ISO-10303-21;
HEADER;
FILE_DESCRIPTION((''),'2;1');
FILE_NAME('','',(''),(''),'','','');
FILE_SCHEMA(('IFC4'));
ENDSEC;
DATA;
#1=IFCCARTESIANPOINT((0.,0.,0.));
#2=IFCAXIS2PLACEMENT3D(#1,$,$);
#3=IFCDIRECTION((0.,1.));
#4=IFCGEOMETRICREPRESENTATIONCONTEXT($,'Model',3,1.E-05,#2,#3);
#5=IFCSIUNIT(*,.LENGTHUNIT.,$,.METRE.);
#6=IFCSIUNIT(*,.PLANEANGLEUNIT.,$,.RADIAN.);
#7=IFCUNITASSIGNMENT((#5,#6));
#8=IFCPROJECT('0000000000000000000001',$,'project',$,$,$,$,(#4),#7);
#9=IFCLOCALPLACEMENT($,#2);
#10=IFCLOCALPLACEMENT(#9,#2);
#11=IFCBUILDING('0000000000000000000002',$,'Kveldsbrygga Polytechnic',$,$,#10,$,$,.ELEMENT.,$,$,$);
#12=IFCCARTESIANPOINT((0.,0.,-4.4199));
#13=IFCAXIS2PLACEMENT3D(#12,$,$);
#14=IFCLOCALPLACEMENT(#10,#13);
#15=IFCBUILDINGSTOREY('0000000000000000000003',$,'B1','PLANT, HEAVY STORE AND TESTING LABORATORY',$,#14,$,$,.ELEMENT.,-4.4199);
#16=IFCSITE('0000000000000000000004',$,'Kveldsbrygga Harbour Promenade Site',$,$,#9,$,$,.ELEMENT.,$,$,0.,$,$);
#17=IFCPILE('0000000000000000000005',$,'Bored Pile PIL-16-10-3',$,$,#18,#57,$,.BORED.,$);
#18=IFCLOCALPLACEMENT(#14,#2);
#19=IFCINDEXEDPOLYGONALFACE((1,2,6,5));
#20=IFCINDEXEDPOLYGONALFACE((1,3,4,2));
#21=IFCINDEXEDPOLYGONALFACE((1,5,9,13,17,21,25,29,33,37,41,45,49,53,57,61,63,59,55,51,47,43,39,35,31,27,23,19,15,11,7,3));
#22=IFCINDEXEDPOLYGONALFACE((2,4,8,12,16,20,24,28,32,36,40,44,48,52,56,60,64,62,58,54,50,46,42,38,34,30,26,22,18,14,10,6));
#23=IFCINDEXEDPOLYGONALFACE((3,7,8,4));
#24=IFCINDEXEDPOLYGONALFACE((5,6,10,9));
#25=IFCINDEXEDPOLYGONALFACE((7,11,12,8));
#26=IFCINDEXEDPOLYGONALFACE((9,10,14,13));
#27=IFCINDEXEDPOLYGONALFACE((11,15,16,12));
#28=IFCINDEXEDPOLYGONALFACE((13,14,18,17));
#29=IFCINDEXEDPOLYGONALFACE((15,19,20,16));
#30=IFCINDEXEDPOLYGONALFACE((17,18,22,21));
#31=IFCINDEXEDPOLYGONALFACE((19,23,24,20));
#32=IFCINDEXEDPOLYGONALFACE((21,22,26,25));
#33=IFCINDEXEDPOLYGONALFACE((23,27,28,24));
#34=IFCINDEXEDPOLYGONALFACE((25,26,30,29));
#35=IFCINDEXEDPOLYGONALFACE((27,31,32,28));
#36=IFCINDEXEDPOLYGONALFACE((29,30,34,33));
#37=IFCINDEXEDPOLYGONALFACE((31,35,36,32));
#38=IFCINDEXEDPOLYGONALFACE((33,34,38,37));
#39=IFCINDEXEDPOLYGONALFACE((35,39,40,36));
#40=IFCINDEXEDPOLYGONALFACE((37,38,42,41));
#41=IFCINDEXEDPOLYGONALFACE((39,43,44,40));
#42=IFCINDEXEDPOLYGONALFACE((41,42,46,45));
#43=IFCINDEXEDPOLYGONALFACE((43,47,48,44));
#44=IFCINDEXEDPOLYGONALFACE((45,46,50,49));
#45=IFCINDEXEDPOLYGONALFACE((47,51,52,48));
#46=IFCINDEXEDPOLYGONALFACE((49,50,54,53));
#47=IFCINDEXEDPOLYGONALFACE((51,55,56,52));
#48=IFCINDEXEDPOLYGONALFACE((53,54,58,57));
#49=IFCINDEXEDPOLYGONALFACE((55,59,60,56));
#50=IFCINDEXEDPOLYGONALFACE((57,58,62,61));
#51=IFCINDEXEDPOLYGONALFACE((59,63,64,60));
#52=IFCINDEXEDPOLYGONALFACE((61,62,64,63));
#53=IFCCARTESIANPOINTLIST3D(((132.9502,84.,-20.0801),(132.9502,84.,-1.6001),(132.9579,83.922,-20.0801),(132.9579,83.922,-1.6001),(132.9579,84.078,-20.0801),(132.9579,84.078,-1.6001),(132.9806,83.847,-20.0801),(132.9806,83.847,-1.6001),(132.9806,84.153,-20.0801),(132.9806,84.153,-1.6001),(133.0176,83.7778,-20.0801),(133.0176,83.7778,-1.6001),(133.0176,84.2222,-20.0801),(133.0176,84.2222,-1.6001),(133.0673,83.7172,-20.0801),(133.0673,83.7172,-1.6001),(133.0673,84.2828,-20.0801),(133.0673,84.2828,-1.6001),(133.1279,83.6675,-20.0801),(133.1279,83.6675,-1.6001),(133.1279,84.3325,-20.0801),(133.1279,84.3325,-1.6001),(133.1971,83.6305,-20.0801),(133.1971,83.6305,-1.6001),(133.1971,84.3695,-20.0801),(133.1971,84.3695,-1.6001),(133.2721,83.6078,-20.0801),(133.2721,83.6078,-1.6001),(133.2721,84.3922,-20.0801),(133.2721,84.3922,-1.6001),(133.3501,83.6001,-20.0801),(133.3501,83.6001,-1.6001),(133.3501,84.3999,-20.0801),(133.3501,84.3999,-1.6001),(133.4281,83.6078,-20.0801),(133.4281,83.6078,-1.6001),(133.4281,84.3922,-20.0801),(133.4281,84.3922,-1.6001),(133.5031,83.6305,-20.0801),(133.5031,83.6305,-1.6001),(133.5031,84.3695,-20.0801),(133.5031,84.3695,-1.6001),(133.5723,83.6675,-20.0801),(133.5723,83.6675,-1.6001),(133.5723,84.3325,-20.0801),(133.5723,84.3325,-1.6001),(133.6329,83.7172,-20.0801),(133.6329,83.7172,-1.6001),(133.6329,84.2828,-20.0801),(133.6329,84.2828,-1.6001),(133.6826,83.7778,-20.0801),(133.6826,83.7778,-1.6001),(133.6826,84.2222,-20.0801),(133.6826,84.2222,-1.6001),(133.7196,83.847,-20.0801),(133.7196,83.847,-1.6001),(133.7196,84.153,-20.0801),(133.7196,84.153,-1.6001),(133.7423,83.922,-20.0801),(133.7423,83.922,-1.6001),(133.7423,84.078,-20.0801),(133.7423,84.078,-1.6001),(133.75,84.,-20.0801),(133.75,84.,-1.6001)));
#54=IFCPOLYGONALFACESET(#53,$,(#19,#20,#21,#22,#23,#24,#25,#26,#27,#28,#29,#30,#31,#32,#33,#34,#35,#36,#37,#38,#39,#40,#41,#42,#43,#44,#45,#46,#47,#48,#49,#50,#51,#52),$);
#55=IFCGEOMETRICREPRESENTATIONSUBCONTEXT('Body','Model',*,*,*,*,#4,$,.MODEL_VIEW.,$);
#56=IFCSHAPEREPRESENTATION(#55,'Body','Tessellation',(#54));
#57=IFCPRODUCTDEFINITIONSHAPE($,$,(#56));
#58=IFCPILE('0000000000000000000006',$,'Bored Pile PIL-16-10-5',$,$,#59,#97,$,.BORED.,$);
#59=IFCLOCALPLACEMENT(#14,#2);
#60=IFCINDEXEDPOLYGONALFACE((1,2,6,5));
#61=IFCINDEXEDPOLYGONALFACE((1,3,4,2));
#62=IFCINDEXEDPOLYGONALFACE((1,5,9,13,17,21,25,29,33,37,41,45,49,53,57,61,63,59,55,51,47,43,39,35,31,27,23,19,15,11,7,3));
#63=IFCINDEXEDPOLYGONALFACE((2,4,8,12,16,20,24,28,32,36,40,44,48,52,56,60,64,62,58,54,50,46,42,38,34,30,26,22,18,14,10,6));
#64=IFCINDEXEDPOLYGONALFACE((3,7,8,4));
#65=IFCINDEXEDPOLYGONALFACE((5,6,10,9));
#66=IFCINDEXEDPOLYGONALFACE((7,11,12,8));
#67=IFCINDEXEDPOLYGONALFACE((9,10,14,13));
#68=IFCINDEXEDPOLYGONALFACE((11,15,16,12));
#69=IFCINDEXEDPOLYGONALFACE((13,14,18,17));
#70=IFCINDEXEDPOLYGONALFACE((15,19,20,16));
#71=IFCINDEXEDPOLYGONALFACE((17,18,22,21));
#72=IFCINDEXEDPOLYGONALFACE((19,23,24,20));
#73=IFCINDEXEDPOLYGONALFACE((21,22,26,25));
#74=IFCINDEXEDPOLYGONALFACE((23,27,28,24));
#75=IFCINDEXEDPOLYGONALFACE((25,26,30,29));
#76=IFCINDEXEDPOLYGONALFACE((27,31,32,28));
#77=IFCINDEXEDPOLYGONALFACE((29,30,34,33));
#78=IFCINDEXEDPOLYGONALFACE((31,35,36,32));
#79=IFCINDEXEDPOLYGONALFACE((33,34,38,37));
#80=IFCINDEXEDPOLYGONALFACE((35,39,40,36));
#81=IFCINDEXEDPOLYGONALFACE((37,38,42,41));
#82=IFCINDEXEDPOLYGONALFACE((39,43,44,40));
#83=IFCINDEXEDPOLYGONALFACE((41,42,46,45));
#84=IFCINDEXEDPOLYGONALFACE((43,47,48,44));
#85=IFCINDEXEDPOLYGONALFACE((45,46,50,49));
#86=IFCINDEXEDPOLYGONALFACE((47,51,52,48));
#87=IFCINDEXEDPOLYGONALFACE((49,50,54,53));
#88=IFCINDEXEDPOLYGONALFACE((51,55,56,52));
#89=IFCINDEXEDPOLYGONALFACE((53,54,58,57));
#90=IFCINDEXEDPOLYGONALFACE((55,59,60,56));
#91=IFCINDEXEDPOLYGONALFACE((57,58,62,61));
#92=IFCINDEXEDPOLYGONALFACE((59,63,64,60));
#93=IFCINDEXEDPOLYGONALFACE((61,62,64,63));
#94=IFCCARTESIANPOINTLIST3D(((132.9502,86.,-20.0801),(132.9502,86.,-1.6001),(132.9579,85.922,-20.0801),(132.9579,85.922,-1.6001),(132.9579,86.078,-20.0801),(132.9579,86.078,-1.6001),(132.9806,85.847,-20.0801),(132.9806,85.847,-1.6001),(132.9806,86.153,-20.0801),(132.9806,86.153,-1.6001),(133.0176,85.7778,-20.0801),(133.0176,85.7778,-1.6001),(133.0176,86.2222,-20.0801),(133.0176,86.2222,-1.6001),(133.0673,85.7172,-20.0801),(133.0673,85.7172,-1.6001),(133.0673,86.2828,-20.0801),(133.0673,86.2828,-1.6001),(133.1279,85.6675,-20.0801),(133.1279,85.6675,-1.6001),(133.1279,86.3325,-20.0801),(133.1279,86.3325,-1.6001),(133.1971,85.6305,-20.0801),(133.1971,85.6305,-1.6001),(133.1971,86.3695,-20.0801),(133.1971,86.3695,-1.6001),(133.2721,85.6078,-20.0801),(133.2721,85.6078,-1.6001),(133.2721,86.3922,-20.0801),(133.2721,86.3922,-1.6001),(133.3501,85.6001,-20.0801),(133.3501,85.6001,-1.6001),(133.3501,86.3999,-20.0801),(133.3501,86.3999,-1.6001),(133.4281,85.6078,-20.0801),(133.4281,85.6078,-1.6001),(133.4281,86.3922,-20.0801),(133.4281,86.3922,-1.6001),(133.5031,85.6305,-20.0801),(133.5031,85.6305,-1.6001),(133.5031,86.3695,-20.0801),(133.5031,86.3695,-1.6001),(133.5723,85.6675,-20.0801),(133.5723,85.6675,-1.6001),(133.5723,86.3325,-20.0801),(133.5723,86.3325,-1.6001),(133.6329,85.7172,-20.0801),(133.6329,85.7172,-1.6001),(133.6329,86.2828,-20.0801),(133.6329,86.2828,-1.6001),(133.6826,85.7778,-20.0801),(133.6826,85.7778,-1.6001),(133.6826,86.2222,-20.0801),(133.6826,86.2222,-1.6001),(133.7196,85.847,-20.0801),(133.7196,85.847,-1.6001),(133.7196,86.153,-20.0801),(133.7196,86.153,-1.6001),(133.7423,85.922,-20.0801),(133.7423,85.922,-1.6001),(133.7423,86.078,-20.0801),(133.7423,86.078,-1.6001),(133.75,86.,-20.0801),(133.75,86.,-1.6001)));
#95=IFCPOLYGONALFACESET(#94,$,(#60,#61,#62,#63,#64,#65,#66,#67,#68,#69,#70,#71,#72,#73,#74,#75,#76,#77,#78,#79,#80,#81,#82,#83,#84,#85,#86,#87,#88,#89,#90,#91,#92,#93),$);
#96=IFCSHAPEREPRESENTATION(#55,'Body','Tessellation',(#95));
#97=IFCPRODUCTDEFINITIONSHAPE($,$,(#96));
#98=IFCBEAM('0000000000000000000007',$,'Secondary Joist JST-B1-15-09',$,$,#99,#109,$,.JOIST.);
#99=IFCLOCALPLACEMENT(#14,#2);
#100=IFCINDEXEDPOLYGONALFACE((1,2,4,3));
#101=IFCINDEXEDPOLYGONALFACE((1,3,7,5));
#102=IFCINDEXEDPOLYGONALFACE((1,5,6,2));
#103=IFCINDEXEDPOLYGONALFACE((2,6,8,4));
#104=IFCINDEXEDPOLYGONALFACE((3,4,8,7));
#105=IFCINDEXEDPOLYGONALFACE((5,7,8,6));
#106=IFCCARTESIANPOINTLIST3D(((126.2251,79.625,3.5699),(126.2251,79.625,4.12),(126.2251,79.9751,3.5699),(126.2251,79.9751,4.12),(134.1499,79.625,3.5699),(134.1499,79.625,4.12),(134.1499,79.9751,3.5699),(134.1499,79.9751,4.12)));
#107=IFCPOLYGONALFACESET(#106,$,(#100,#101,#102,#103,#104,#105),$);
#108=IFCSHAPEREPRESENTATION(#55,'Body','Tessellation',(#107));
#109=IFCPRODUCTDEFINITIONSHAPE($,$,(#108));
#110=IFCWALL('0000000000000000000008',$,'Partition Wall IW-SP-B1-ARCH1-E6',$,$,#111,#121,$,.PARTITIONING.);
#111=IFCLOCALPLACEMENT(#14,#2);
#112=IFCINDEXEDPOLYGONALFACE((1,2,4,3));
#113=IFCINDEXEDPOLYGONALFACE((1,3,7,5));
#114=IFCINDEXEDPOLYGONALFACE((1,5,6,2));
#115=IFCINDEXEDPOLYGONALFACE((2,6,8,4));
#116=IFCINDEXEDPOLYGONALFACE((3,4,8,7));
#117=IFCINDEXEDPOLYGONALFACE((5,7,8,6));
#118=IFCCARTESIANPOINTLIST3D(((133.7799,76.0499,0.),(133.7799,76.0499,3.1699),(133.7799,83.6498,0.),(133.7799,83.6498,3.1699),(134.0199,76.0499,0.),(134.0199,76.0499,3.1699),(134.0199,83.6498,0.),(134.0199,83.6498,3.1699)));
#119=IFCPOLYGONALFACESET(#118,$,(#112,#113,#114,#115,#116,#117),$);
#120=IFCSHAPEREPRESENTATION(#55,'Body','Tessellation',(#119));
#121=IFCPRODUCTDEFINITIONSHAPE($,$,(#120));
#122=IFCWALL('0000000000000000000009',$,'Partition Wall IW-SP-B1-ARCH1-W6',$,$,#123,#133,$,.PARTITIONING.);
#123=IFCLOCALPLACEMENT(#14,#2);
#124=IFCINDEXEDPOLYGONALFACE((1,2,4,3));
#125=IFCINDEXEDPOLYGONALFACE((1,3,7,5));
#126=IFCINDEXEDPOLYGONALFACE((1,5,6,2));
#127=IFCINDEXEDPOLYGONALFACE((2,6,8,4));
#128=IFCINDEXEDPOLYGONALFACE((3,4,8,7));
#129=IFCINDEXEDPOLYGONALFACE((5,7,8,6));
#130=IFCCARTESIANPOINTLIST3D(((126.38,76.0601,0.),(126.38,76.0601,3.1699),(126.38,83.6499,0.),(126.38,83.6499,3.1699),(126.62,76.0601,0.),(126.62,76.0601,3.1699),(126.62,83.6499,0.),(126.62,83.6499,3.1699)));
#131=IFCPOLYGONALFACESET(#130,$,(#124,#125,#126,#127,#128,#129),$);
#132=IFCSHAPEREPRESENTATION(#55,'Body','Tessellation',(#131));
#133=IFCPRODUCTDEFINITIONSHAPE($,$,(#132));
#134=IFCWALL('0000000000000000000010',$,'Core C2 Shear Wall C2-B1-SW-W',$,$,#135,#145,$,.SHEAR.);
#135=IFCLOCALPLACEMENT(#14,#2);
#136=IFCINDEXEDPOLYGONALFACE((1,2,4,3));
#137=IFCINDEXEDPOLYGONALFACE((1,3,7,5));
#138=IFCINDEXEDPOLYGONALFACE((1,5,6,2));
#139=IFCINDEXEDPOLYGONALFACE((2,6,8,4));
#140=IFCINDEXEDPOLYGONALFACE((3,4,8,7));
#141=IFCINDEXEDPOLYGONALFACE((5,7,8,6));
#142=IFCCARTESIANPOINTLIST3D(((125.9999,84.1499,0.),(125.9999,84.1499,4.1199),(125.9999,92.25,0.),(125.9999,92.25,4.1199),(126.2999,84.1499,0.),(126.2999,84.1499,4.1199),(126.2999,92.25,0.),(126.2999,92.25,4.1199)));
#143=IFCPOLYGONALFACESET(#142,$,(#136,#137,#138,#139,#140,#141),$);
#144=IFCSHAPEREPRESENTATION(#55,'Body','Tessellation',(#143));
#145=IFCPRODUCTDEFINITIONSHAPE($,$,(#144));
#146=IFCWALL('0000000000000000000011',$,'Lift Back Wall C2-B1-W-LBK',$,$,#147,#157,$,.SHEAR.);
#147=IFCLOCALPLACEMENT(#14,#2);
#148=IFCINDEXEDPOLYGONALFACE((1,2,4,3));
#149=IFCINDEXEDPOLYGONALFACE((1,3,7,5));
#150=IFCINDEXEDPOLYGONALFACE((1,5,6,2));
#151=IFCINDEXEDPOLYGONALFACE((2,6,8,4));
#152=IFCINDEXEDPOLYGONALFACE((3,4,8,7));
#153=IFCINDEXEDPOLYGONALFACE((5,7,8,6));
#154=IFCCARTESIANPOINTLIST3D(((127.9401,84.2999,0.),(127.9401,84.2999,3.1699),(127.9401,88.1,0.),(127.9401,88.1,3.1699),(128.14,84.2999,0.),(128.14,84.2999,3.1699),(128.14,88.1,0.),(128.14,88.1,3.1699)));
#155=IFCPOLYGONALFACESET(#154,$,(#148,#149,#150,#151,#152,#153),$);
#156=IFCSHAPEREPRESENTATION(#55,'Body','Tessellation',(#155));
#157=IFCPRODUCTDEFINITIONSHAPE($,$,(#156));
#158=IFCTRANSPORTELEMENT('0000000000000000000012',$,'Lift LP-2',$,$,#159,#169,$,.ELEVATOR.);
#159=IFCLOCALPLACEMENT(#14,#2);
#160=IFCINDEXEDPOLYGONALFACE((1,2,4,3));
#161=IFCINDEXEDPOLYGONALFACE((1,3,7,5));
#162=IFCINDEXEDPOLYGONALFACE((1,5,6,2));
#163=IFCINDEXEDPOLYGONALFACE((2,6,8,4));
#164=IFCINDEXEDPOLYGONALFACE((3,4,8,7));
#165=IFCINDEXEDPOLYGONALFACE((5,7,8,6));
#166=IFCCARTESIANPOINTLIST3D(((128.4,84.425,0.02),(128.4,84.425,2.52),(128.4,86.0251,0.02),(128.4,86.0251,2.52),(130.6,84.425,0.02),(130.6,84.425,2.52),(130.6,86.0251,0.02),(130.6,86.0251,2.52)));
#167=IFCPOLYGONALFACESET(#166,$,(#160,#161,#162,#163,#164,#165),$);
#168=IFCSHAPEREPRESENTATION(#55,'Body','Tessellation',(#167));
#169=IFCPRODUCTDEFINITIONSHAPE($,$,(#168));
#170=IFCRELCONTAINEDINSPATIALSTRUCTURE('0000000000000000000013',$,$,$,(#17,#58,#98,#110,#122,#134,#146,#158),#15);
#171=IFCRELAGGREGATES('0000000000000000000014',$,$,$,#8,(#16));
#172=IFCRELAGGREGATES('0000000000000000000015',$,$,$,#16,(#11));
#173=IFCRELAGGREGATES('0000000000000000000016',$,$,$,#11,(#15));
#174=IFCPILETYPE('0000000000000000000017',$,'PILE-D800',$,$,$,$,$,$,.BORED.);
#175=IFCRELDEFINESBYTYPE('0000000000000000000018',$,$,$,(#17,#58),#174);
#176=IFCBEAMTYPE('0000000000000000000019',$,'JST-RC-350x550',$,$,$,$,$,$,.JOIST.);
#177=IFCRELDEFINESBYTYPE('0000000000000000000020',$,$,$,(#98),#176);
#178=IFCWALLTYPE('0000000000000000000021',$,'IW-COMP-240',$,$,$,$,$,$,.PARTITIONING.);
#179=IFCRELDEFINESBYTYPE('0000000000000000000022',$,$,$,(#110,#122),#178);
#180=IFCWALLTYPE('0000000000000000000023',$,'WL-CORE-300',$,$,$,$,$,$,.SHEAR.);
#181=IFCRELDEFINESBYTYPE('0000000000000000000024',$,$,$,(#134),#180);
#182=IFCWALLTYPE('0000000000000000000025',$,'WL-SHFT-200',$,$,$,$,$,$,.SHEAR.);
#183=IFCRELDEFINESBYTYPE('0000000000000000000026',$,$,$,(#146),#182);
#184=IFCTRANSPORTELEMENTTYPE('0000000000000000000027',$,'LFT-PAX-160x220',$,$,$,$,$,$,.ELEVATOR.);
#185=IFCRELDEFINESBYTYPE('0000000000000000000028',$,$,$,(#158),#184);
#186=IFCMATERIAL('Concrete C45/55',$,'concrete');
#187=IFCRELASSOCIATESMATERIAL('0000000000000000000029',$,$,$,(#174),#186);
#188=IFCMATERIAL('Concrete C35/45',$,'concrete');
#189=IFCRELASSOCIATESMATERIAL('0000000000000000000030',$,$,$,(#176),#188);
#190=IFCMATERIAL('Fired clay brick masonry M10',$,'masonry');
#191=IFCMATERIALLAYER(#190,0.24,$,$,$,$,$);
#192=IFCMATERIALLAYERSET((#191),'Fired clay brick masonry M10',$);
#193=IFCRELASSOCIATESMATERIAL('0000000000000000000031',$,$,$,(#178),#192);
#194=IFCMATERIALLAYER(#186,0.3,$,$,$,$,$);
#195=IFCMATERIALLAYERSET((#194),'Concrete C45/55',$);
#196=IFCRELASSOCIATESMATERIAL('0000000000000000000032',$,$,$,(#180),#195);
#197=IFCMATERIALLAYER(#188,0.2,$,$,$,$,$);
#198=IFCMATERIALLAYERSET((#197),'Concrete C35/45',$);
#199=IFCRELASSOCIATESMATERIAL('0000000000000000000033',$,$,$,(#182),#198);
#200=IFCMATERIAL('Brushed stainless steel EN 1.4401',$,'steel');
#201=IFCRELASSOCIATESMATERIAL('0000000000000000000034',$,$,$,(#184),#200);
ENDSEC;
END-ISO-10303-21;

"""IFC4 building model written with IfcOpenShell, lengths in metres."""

from ifc_helpers import new_model, si_unit, direction, frame, frame_2d, origin, origin_2d, place, context, subcontext, project, spatial, rectangle, circle, extrude, material, layer, layer_set, material_profile, profile_set, type_object, element, save


model = new_model("IFC4")

# Units and contexts
model_context = context("Model", 3, precision=1e-05, world=origin(), true_north=direction((0.0, 1.0)))
body_context = subcontext(model_context, "Body", "Model", "MODEL_VIEW")
ifc_project = project(units=[si_unit("LENGTHUNIT", "METRE"), si_unit("PLANEANGLEUNIT", "RADIAN")], contexts=[model_context])

# Site, building, storey
site_placement = place(None, origin())
site = spatial("IfcSite", under=ifc_project, at=site_placement, Name="Kveldsbrygga Harbour Promenade Site", CompositionType="ELEMENT", RefElevation=0.0)
building_placement = place(site_placement, origin())
building = spatial("IfcBuilding", under=site, at=building_placement, Name="Kveldsbrygga Polytechnic", CompositionType="ELEMENT")
storey_placement = place(building_placement, frame((0.0, 0.0, -4.4199)))
storey = spatial("IfcBuildingStorey", under=building, at=storey_placement, Name="B1", Description="PLANT, HEAVY STORE AND TESTING LABORATORY", CompositionType="ELEMENT", Elevation=-4.4199)

# Piles
ifc_material_1 = material(Name="Concrete C45/55", Category="concrete")
ifc_material_profile_1 = material_profile(ifc_material_1, circle(Radius=0.3999, at=origin_2d()), Name="PILE D800")
ifc_profile_set_1 = profile_set([ifc_material_profile_1], Name="Concrete C45/55")
pile_type = type_object("IfcPileType", Name="PILE-D800", PredefinedType="BORED", material=ifc_profile_set_1)
for number, where, z_axis, x_axis, name in (
    (1, (133.3501, 84.0, -1.6001), (0.0, 0.0, -1.0), (1.0, 0.0, 0.0), "Bored Pile PIL-16-10-3"),
    (2, (133.3501, 86.0, -1.6001), (0.0, 0.0, -1.0), (1.0, 0.0, 0.0), "Bored Pile PIL-16-10-5"),
):
    element("IfcPile", number, at=place(storey_placement, frame(where, z_axis=z_axis, x_axis=x_axis)), inside=storey, type_object=pile_type, Name=name, PredefinedType="BORED", context=body_context, shape_type="SweptSolid", body=[
        extrude(circle(Radius=0.3999, at=origin_2d()), origin(), (0.0, 0.0, 1.0), 18.48),
    ])

# Beam
ifc_material_2 = material(Name="Concrete C35/45", Category="concrete")
ifc_material_profile_2 = material_profile(ifc_material_2, rectangle(XDim=0.3501, YDim=0.55, at=origin_2d()), Name="RC 350x550")
ifc_profile_set_2 = profile_set([ifc_material_profile_2], Name="Concrete C35/45")
beam_type = type_object("IfcBeamType", Name="JST-RC-350x550", PredefinedType="JOIST", material=ifc_profile_set_2)
beam_placement = place(storey_placement, frame((126.2251, 79.8, 3.845), z_axis=(1.0, 0.0, 0.0), x_axis=(0.0, 1.0, 0.0)))
element("IfcBeam", 3, at=beam_placement, inside=storey, type_object=beam_type, Name="Secondary Joist JST-B1-15-09", PredefinedType="JOIST", context=body_context, shape_type="SweptSolid", body=[
    extrude(rectangle(XDim=0.3501, YDim=0.55, at=origin_2d()), origin(), (0.0, 0.0, 1.0), 7.9248),
])

# Walls
ifc_material_3 = material(Name="Fired clay brick masonry M10", Category="masonry")
ifc_layer_1 = layer(ifc_material_3, 0.24)
ifc_layer_set_1 = layer_set([ifc_layer_1], Name="Fired clay brick masonry M10")
wall_type_1 = type_object("IfcWallType", Name="IW-COMP-240", PredefinedType="PARTITIONING", material=ifc_layer_set_1)
wall_1_placement = place(storey_placement, frame((133.8999, 76.05, 0.0), z_axis=(0.0, 0.0, 1.0), x_axis=(0.0, 1.0, 0.0)))
element("IfcWall", 4, at=wall_1_placement, inside=storey, type_object=wall_type_1, Name="Partition Wall IW-SP-B1-ARCH1-E6", PredefinedType="PARTITIONING", context=body_context, shape_type="SweptSolid", body=[
    extrude(rectangle(XDim=7.5999, YDim=0.24, at=frame_2d((3.7998, 0.0))), origin(), (0.0, 0.0, 1.0), 3.1699),
])
wall_2_placement = place(storey_placement, frame((126.5, 76.0601, 0.0), z_axis=(0.0, 0.0, 1.0), x_axis=(0.0, 1.0, 0.0)))
element("IfcWall", 5, at=wall_2_placement, inside=storey, type_object=wall_type_1, Name="Partition Wall IW-SP-B1-ARCH1-W6", PredefinedType="PARTITIONING", context=body_context, shape_type="SweptSolid", body=[
    extrude(rectangle(XDim=7.5898, YDim=0.24, at=frame_2d((3.7949, 0.0))), origin(), (0.0, 0.0, 1.0), 3.1699),
])
ifc_layer_2 = layer(ifc_material_1, 0.3)
ifc_layer_set_2 = layer_set([ifc_layer_2], Name="Concrete C45/55")
wall_type_2 = type_object("IfcWallType", Name="WL-CORE-300", PredefinedType="SHEAR", material=ifc_layer_set_2)
wall_3_placement = place(storey_placement, frame((126.1499, 84.1499, 0.0), z_axis=(0.0, 0.0, 1.0), x_axis=(0.0, 1.0, 0.0)))
element("IfcWall", 6, at=wall_3_placement, inside=storey, type_object=wall_type_2, Name="Core C2 Shear Wall C2-B1-SW-W", PredefinedType="SHEAR", context=body_context, shape_type="SweptSolid", body=[
    extrude(rectangle(XDim=8.1001, YDim=0.3, at=frame_2d((4.05, 0.0))), origin(), (0.0, 0.0, 1.0), 4.1199),
])

# Shared definitions
ifc_layer_3 = layer(ifc_material_2, 0.2)
ifc_layer_set_3 = layer_set([ifc_layer_3], Name="Concrete C35/45")
wall_type_3 = type_object("IfcWallType", Name="WL-SHFT-200", PredefinedType="SHEAR", material=ifc_layer_set_3)
ifc_material_4 = material(Name="Brushed stainless steel EN 1.4401", Category="steel")

# Wall
wall_4_placement = place(storey_placement, frame((128.04, 84.3, 0.0), z_axis=(0.0, 0.0, 1.0), x_axis=(0.0, 1.0, 0.0)))
element("IfcWall", 7, at=wall_4_placement, inside=storey, type_object=wall_type_3, Name="Lift Back Wall C2-B1-W-LBK", PredefinedType="SHEAR", context=body_context, shape_type="SweptSolid", body=[
    extrude(rectangle(XDim=3.8, YDim=0.2, at=frame_2d((1.8999, 0.0))), origin(), (0.0, 0.0, 1.0), 3.1699),
])

# Transport element
transport_element_type = type_object("IfcTransportElementType", Name="LFT-PAX-160x220", PredefinedType="ELEVATOR", material=ifc_material_4)
transport_element_placement = place(storey_placement, frame((129.5, 85.2251, 0.02), z_axis=(0.0, 0.0, 1.0), x_axis=(1.0, 0.0, 0.0)))
element("IfcTransportElement", 8, at=transport_element_placement, inside=storey, type_object=transport_element_type, Name="Lift LP-2", PredefinedType="ELEVATOR", context=body_context, shape_type="SweptSolid", body=[
    extrude(rectangle(XDim=2.2, YDim=1.6001, at=origin_2d()), origin(), (0.0, 0.0, 1.0), 2.5),
])

save(model, "model.ifc")
